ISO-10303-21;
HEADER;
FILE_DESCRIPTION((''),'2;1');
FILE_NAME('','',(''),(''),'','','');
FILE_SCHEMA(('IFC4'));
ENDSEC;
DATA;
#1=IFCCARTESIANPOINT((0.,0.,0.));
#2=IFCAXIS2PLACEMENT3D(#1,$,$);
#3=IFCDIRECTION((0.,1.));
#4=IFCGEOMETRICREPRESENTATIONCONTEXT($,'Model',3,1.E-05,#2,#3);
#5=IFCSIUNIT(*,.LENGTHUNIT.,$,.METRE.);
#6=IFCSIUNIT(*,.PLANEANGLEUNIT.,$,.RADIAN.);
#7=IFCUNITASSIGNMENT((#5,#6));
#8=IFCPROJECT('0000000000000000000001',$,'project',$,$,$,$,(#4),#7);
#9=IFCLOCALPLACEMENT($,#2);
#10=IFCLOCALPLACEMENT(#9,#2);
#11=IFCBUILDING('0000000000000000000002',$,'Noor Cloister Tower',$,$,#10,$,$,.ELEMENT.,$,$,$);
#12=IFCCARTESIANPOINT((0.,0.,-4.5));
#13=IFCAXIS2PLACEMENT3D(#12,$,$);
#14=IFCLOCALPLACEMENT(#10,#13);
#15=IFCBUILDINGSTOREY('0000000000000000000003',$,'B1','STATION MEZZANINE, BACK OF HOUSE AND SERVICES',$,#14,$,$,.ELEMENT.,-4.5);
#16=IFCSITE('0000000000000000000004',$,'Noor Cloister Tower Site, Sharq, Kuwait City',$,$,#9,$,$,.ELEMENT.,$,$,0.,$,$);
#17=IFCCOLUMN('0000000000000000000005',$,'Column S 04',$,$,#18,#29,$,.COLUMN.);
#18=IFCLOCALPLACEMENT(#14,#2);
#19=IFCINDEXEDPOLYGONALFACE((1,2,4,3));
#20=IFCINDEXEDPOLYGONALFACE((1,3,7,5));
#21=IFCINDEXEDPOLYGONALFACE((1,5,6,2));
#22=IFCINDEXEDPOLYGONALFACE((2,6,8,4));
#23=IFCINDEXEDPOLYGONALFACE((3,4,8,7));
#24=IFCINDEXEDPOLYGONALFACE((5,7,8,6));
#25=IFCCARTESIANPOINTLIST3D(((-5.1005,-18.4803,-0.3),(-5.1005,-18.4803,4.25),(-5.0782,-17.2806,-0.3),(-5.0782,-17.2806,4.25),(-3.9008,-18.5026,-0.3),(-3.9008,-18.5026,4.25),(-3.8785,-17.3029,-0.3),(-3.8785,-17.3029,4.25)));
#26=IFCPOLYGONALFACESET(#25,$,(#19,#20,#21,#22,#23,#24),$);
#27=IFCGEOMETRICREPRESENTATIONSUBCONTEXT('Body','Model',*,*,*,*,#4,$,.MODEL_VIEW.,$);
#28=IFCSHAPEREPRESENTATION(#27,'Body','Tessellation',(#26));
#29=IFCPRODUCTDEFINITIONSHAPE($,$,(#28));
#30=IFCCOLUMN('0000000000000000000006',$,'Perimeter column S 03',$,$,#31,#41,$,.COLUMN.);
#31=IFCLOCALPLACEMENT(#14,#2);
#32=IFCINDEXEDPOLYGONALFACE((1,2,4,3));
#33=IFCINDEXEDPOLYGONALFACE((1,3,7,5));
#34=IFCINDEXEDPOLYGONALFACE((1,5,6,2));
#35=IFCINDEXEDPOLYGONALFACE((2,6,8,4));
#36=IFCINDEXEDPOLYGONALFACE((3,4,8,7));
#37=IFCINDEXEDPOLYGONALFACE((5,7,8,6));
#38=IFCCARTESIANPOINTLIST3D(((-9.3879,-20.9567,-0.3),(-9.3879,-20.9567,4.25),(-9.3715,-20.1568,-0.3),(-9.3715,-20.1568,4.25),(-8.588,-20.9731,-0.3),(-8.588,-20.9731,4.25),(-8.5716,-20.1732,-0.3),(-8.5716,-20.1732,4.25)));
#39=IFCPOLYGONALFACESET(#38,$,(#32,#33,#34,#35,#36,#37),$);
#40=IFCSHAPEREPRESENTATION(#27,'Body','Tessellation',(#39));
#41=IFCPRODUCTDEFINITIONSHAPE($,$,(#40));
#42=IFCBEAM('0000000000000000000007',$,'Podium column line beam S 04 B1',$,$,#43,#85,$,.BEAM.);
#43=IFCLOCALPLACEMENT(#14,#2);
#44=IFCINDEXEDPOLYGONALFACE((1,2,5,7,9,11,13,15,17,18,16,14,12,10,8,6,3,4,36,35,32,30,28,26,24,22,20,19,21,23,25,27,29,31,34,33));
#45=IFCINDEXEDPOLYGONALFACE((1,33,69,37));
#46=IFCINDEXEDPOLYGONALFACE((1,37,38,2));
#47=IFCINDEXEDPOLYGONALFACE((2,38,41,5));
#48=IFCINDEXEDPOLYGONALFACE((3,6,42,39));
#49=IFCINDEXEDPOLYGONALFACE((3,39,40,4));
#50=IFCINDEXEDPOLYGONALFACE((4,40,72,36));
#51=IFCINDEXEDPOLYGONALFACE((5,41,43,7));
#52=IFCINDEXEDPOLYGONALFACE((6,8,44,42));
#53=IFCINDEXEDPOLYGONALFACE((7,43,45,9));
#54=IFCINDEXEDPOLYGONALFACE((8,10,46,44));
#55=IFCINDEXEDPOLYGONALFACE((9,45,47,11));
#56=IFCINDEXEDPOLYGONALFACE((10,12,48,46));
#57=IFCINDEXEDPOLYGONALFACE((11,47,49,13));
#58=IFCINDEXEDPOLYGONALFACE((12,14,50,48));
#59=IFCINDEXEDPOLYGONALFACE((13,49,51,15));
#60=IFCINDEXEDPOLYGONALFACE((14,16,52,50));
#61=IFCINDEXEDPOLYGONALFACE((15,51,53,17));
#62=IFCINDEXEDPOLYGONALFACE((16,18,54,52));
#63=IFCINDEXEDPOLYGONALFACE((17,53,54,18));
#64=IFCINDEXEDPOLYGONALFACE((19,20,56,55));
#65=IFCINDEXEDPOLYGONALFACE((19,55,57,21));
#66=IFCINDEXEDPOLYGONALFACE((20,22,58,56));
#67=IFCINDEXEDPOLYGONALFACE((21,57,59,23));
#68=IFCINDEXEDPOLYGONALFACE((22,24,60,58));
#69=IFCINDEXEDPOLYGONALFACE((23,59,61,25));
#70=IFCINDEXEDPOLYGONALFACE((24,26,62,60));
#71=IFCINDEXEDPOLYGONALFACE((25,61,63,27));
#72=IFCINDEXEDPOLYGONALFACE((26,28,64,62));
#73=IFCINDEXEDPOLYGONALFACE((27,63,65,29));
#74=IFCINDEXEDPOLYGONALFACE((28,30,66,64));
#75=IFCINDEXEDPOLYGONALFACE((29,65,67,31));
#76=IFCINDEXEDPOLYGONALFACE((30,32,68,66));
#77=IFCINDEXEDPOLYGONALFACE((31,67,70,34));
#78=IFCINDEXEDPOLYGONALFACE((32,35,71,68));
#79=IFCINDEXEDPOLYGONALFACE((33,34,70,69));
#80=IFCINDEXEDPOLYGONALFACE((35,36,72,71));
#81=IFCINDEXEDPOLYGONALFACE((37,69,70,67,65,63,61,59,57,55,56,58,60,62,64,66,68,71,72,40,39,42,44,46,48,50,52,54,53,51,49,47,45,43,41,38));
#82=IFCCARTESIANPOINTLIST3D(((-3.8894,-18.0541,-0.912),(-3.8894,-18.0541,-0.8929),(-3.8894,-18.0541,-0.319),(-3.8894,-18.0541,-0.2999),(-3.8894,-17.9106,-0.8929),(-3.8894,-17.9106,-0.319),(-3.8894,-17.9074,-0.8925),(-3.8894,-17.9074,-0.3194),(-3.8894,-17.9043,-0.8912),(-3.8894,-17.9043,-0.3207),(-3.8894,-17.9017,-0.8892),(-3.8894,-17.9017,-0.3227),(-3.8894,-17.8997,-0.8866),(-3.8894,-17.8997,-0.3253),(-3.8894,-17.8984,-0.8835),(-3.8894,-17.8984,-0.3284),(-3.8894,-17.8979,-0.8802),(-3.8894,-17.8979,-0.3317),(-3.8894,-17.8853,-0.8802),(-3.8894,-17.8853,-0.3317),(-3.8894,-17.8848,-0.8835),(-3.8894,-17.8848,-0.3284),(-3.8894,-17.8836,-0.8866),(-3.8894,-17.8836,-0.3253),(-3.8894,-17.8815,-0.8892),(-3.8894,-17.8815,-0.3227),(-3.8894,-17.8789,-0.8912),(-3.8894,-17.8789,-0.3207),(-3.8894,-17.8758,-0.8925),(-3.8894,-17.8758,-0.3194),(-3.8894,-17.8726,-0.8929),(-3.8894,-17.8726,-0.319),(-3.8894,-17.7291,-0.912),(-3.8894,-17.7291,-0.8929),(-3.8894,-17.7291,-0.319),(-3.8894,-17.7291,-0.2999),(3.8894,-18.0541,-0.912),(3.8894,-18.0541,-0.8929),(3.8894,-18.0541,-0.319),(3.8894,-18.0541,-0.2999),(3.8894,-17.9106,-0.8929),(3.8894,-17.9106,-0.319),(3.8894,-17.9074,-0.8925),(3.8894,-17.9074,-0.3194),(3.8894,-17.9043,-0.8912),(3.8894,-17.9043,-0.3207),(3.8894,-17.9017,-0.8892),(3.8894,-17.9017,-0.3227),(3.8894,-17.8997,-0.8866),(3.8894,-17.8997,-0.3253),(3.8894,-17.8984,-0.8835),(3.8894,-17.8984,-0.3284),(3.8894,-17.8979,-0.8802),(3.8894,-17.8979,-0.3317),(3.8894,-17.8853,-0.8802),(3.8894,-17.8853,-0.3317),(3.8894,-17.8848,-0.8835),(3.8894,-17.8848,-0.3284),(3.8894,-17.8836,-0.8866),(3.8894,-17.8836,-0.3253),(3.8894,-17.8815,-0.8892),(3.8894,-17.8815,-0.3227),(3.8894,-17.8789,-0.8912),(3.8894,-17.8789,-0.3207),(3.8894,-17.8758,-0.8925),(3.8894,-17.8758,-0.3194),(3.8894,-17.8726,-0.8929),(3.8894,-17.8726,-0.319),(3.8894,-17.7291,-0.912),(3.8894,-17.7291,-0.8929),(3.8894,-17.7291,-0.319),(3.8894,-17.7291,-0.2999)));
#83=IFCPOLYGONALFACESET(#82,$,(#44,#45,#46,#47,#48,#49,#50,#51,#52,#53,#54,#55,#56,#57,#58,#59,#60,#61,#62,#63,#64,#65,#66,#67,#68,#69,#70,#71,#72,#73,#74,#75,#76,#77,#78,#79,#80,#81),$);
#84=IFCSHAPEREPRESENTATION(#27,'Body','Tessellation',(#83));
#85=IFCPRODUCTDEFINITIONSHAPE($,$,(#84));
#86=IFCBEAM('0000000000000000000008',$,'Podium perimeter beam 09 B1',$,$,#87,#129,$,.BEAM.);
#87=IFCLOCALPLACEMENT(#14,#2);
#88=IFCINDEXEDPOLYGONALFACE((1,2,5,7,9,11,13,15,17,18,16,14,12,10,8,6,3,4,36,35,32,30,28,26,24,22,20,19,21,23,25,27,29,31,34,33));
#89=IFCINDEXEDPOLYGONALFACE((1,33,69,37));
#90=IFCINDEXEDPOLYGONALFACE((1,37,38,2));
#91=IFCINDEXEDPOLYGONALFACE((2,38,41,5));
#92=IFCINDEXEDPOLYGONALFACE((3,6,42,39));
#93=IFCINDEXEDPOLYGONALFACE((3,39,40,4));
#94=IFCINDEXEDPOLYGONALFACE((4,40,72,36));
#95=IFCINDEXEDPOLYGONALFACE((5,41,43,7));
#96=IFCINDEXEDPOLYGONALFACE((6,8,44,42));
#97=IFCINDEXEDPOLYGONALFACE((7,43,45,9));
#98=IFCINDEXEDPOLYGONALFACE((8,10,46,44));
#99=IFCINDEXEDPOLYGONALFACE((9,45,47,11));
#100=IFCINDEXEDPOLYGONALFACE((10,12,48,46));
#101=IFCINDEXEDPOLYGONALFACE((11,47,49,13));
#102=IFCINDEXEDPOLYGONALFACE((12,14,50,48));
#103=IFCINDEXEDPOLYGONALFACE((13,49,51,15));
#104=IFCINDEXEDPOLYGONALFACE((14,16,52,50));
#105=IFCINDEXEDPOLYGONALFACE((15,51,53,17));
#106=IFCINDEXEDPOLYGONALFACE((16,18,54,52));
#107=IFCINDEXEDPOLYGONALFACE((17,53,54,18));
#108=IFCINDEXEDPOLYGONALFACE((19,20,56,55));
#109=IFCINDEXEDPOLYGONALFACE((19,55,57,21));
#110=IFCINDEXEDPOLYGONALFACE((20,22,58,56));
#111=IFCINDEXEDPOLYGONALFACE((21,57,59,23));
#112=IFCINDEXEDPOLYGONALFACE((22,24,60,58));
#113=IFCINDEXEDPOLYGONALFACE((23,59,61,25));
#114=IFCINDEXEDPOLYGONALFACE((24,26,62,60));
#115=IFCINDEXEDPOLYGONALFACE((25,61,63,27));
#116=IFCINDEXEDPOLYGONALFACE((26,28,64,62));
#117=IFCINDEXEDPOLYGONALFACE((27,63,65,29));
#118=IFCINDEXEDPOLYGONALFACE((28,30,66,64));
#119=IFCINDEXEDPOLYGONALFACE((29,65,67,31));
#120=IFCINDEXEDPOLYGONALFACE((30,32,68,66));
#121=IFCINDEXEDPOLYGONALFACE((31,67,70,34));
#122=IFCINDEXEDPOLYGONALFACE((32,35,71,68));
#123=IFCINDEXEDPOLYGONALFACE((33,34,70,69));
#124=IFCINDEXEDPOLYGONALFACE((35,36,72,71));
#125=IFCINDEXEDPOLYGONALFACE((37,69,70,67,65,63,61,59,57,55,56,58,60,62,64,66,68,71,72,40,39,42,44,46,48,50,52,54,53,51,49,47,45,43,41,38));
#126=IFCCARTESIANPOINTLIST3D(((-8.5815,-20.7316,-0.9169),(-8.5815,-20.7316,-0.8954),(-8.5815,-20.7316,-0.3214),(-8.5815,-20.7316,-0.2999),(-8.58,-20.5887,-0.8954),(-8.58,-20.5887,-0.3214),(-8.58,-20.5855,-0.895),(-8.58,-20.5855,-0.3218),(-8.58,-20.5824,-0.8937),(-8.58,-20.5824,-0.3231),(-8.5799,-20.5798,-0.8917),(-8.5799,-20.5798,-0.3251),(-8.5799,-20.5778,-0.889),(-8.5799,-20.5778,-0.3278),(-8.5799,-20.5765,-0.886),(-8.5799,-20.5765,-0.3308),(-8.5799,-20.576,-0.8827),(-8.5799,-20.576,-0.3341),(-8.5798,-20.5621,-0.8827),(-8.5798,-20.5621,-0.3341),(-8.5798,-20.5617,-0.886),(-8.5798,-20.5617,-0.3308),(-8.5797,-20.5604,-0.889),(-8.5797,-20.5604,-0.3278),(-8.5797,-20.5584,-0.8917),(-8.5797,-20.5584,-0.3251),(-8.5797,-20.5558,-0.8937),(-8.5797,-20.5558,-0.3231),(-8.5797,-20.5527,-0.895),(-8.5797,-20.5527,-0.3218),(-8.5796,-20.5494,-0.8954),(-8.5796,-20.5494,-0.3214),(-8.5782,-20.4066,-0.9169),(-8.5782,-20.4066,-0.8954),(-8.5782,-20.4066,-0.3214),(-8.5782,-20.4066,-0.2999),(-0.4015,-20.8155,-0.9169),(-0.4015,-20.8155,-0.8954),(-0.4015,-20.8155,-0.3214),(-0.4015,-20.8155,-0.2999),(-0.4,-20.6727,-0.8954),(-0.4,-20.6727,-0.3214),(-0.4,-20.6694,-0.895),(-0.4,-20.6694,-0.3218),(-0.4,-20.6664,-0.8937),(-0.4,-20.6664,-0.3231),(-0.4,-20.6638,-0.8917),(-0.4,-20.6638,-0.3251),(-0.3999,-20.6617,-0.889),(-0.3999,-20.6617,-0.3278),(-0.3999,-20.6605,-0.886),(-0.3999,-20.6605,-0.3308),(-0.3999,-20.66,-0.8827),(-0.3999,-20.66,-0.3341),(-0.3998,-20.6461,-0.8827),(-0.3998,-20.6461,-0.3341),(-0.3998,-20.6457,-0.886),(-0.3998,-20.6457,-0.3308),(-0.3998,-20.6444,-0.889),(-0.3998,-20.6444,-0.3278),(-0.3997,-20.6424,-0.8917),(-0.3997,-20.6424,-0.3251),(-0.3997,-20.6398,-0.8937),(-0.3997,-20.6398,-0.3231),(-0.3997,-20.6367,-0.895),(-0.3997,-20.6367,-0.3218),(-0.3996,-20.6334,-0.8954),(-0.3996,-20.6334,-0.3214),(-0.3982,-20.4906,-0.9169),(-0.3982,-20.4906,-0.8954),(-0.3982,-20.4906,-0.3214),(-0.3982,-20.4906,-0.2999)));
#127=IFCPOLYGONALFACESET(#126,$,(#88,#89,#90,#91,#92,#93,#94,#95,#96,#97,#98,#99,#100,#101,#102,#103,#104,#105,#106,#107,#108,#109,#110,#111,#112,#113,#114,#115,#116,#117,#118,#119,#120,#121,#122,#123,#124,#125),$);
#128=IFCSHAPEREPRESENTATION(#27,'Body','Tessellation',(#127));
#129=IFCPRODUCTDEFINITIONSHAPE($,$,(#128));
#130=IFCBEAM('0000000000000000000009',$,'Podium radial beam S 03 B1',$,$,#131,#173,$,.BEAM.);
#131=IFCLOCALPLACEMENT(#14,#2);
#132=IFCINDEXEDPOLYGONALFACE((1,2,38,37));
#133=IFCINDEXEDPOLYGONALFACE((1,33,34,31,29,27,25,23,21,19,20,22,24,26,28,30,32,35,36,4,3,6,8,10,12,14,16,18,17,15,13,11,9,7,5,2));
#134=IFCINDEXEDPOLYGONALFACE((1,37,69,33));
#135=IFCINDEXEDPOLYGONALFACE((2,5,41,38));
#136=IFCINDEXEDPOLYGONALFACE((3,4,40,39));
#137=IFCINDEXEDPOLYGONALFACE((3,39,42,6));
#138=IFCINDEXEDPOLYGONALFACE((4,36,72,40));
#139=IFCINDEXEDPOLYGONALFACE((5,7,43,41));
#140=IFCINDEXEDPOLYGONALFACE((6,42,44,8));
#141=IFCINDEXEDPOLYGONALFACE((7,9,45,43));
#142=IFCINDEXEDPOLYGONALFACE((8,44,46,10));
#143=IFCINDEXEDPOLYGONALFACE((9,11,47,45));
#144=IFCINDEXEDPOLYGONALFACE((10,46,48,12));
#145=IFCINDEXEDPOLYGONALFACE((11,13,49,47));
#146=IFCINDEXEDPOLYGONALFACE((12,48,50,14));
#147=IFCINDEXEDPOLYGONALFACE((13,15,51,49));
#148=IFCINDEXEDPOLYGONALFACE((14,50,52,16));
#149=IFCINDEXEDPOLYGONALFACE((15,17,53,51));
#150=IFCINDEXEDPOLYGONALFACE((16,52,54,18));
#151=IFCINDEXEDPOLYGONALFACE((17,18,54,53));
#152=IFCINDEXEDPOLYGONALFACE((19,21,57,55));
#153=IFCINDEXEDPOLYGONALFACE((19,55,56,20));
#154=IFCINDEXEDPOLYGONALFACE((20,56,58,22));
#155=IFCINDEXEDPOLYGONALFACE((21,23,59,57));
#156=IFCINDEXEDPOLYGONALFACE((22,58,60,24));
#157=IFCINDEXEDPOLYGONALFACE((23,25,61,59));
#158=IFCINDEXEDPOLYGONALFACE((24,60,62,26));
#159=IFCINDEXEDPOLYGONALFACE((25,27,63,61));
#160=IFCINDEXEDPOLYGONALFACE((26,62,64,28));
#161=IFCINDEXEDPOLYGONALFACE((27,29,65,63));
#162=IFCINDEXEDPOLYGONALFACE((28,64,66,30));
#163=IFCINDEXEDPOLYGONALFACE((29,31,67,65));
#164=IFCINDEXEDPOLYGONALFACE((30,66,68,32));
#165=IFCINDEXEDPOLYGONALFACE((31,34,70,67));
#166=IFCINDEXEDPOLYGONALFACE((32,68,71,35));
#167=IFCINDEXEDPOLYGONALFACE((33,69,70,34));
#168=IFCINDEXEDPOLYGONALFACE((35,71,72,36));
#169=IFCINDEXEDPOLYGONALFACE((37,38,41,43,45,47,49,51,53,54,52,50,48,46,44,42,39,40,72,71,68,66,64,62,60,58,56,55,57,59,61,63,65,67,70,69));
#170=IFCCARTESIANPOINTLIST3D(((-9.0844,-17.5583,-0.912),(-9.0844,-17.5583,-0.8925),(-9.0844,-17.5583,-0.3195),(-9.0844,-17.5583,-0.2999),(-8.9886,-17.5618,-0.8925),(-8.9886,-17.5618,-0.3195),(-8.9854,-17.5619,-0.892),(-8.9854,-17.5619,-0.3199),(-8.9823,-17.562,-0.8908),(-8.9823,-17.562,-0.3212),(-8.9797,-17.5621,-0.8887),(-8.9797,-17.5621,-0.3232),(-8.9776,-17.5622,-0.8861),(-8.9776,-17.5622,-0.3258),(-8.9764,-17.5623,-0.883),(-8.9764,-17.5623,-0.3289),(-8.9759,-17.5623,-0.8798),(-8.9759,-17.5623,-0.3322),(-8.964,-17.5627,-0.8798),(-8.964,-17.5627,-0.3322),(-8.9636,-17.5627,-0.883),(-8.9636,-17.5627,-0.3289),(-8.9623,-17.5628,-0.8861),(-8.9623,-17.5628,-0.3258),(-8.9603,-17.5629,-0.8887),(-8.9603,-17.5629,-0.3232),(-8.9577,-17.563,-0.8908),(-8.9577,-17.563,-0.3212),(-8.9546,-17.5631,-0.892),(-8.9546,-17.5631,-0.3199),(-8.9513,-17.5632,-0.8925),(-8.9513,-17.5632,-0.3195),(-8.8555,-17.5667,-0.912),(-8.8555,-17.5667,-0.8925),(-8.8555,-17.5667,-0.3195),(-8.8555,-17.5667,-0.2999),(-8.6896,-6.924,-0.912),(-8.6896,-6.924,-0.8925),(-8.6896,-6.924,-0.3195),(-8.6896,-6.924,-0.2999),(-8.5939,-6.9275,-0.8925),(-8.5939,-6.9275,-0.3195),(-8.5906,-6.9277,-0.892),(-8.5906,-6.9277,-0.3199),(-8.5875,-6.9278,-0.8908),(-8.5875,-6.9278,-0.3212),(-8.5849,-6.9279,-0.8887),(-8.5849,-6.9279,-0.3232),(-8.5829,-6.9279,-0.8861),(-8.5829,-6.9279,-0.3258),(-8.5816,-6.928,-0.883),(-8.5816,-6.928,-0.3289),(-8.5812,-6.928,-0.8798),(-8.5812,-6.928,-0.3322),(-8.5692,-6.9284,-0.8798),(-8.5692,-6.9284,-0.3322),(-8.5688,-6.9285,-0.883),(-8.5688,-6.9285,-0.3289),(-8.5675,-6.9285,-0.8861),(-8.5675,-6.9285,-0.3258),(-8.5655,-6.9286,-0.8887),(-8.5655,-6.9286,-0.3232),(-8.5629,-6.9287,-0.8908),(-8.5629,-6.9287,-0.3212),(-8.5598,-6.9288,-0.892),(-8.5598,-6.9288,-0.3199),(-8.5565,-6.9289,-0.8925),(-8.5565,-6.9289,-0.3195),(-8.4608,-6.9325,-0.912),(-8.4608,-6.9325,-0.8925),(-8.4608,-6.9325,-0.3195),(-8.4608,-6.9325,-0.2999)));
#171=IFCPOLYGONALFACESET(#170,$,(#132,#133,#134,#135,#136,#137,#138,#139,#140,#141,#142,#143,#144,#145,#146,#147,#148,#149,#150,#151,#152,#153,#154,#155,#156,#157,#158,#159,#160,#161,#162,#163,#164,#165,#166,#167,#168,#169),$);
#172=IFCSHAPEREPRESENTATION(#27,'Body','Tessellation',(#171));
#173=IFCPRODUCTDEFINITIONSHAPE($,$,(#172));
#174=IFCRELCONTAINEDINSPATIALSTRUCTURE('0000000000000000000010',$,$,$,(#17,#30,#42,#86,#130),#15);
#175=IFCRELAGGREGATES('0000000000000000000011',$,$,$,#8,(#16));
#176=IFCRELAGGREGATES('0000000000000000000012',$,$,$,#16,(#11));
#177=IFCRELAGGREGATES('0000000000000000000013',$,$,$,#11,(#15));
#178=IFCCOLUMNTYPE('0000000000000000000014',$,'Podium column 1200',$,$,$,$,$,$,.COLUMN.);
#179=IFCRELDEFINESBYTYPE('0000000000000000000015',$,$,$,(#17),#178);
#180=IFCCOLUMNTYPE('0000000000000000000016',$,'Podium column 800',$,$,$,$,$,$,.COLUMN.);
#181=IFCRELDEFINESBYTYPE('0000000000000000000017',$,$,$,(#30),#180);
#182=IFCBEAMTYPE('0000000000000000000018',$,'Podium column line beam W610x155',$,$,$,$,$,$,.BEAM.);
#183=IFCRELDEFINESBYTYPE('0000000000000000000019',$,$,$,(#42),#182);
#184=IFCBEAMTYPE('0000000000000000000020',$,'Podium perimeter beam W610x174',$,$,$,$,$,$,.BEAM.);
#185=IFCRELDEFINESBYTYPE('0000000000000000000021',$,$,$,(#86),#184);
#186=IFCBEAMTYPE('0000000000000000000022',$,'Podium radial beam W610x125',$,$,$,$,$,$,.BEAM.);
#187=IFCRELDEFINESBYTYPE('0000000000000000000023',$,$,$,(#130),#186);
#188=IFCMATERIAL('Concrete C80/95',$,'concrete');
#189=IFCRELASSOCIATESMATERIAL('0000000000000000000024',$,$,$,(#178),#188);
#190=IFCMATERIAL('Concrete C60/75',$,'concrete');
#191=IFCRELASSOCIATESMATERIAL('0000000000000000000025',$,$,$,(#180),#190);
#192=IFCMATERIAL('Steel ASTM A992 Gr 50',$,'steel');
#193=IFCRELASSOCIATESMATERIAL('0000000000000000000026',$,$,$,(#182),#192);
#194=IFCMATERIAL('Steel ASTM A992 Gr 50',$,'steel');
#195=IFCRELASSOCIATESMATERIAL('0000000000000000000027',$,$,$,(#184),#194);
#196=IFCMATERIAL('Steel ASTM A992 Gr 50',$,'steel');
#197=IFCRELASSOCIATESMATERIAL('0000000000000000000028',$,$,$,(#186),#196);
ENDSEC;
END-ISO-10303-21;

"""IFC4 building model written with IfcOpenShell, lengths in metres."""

from ifc_helpers import new_model, si_unit, direction, frame, origin, origin_2d, place, context, subcontext, project, spatial, rectangle, i_section, extrude, material, material_profile, profile_set, type_object, element, save


model = new_model("IFC4")

# Units and contexts
model_context = context("Model", 3, precision=1e-05, world=origin(), true_north=direction((0.0, 1.0)))
body_context = subcontext(model_context, "Body", "Model", "MODEL_VIEW")
ifc_project = project(units=[si_unit("LENGTHUNIT", "METRE"), si_unit("PLANEANGLEUNIT", "RADIAN")], contexts=[model_context])

# Site, building, storey
site_placement = place(None, origin())
site = spatial("IfcSite", under=ifc_project, at=site_placement, Name="Noor Cloister Tower Site, Sharq, Kuwait City", CompositionType="ELEMENT", RefElevation=0.0)
building_placement = place(site_placement, origin())
building = spatial("IfcBuilding", under=site, at=building_placement, Name="Noor Cloister Tower", CompositionType="ELEMENT")
storey_placement = place(building_placement, frame((0.0, 0.0, -4.5)))
storey = spatial("IfcBuildingStorey", under=building, at=storey_placement, Name="B1", Description="STATION MEZZANINE, BACK OF HOUSE AND SERVICES", CompositionType="ELEMENT", Elevation=-4.5)

# Columns
ifc_material_1 = material(Name="Concrete C80/95", Category="concrete")
ifc_material_profile_1 = material_profile(ifc_material_1, rectangle(XDim=1.2, YDim=1.2, at=origin_2d()), Name="Podium column 1200")
ifc_profile_set_1 = profile_set([ifc_material_profile_1], Name="Concrete C80/95")
column_type_1 = type_object("IfcColumnType", Name="Podium column 1200", PredefinedType="COLUMN", material=ifc_profile_set_1)
column_1_placement = place(storey_placement, frame((-4.4895, -17.8916, -0.3), z_axis=(0.0, 0.0, 1.0), x_axis=(-0.018553, -0.999828, 0.0)))
element("IfcColumn", 1, at=column_1_placement, inside=storey, type_object=column_type_1, Name="Column S 04", PredefinedType="COLUMN", context=body_context, shape_type="SweptSolid", body=[
    extrude(rectangle(XDim=1.2, YDim=1.2, at=origin_2d()), origin(), (0.0, 0.0, 1.0), 4.55),
])
ifc_material_2 = material(Name="Concrete C60/75", Category="concrete")
ifc_material_profile_2 = material_profile(ifc_material_2, rectangle(XDim=0.8, YDim=0.8, at=origin_2d()), Name="Podium column 800")
ifc_profile_set_2 = profile_set([ifc_material_profile_2], Name="Concrete C60/75")
column_type_2 = type_object("IfcColumnType", Name="Podium column 800", PredefinedType="COLUMN", material=ifc_profile_set_2)
column_2_placement = place(storey_placement, frame((-8.9797, -20.5649, -0.3), z_axis=(0.0, 0.0, 1.0), x_axis=(-0.020537, -0.999789, 0.0)))
element("IfcColumn", 2, at=column_2_placement, inside=storey, type_object=column_type_2, Name="Perimeter column S 03", PredefinedType="COLUMN", context=body_context, shape_type="SweptSolid", body=[
    extrude(rectangle(XDim=0.8, YDim=0.8, at=origin_2d()), origin(), (0.0, 0.0, 1.0), 4.55),
])

# Beams
ifc_material_3 = material(Name="Steel ASTM A992 Gr 50", Category="steel")
ifc_material_profile_3 = material_profile(ifc_material_3, i_section(OverallWidth=0.325, OverallDepth=0.6121, WebThickness=0.0127, FlangeThickness=0.019, FilletRadius=0.0127, at=origin_2d()), Name="W610x155")
ifc_profile_set_3 = profile_set([ifc_material_profile_3], Name="Steel ASTM A992 Gr 50")
beam_type_1 = type_object("IfcBeamType", Name="Podium column line beam W610x155", PredefinedType="BEAM", material=ifc_profile_set_3)
beam_1_placement = place(storey_placement, frame((-3.8894, -17.8916, -0.606), z_axis=(1.0, 0.0, 0.0), x_axis=(0.0, 1.0, 0.0)))
element("IfcBeam", 3, at=beam_1_placement, inside=storey, type_object=beam_type_1, Name="Podium column line beam S 04 B1", PredefinedType="BEAM", context=body_context, shape_type="SweptSolid", body=[
    extrude(i_section(OverallWidth=0.325, OverallDepth=0.6121, WebThickness=0.0127, FlangeThickness=0.019, FilletRadius=0.0127, at=origin_2d()), origin(), (0.0, 0.0, 1.0), 7.7788),
])
ifc_material_4 = material(Name="Steel ASTM A992 Gr 50", Category="steel")
ifc_material_profile_4 = material_profile(ifc_material_4, i_section(OverallWidth=0.325, OverallDepth=0.6169, WebThickness=0.0139, FlangeThickness=0.0215, FilletRadius=0.0127, at=origin_2d()), Name="W610x174")
ifc_profile_set_4 = profile_set([ifc_material_profile_4], Name="Steel ASTM A992 Gr 50")
beam_type_2 = type_object("IfcBeamType", Name="Podium perimeter beam W610x174", PredefinedType="BEAM", material=ifc_profile_set_4)
beam_2_placement = place(storey_placement, frame((-8.5798, -20.5691, -0.6084), z_axis=(0.999947, -0.010267, 0.0), x_axis=(0.010267, 0.999947, 0.0)))
element("IfcBeam", 4, at=beam_2_placement, inside=storey, type_object=beam_type_2, Name="Podium perimeter beam 09 B1", PredefinedType="BEAM", context=body_context, shape_type="SweptSolid", body=[
    extrude(i_section(OverallWidth=0.325, OverallDepth=0.6169, WebThickness=0.0139, FlangeThickness=0.0215, FilletRadius=0.0127, at=origin_2d()), origin(), (0.0, 0.0, 1.0), 8.1804),
])
ifc_material_5 = material(Name="Steel ASTM A992 Gr 50", Category="steel")
ifc_material_profile_5 = material_profile(ifc_material_5, i_section(OverallWidth=0.229, OverallDepth=0.6121, WebThickness=0.012, FlangeThickness=0.0195, FilletRadius=0.0127, at=origin_2d()), Name="W610x125")
ifc_profile_set_5 = profile_set([ifc_material_profile_5], Name="Steel ASTM A992 Gr 50")
beam_type_3 = type_object("IfcBeamType", Name="Podium radial beam W610x125", PredefinedType="BEAM", material=ifc_profile_set_5)
beam_3_placement = place(storey_placement, frame((-8.97, -17.5625, -0.606), z_axis=(0.037097, 0.999312, 0.0), x_axis=(-0.999312, 0.037097, 0.0)))
element("IfcBeam", 5, at=beam_3_placement, inside=storey, type_object=beam_type_3, Name="Podium radial beam S 03 B1", PredefinedType="BEAM", context=body_context, shape_type="SweptSolid", body=[
    extrude(i_section(OverallWidth=0.229, OverallDepth=0.6121, WebThickness=0.012, FlangeThickness=0.0195, FilletRadius=0.0127, at=origin_2d()), origin(), (0.0, 0.0, 1.0), 10.6416),
])

save(model, "model.ifc")
